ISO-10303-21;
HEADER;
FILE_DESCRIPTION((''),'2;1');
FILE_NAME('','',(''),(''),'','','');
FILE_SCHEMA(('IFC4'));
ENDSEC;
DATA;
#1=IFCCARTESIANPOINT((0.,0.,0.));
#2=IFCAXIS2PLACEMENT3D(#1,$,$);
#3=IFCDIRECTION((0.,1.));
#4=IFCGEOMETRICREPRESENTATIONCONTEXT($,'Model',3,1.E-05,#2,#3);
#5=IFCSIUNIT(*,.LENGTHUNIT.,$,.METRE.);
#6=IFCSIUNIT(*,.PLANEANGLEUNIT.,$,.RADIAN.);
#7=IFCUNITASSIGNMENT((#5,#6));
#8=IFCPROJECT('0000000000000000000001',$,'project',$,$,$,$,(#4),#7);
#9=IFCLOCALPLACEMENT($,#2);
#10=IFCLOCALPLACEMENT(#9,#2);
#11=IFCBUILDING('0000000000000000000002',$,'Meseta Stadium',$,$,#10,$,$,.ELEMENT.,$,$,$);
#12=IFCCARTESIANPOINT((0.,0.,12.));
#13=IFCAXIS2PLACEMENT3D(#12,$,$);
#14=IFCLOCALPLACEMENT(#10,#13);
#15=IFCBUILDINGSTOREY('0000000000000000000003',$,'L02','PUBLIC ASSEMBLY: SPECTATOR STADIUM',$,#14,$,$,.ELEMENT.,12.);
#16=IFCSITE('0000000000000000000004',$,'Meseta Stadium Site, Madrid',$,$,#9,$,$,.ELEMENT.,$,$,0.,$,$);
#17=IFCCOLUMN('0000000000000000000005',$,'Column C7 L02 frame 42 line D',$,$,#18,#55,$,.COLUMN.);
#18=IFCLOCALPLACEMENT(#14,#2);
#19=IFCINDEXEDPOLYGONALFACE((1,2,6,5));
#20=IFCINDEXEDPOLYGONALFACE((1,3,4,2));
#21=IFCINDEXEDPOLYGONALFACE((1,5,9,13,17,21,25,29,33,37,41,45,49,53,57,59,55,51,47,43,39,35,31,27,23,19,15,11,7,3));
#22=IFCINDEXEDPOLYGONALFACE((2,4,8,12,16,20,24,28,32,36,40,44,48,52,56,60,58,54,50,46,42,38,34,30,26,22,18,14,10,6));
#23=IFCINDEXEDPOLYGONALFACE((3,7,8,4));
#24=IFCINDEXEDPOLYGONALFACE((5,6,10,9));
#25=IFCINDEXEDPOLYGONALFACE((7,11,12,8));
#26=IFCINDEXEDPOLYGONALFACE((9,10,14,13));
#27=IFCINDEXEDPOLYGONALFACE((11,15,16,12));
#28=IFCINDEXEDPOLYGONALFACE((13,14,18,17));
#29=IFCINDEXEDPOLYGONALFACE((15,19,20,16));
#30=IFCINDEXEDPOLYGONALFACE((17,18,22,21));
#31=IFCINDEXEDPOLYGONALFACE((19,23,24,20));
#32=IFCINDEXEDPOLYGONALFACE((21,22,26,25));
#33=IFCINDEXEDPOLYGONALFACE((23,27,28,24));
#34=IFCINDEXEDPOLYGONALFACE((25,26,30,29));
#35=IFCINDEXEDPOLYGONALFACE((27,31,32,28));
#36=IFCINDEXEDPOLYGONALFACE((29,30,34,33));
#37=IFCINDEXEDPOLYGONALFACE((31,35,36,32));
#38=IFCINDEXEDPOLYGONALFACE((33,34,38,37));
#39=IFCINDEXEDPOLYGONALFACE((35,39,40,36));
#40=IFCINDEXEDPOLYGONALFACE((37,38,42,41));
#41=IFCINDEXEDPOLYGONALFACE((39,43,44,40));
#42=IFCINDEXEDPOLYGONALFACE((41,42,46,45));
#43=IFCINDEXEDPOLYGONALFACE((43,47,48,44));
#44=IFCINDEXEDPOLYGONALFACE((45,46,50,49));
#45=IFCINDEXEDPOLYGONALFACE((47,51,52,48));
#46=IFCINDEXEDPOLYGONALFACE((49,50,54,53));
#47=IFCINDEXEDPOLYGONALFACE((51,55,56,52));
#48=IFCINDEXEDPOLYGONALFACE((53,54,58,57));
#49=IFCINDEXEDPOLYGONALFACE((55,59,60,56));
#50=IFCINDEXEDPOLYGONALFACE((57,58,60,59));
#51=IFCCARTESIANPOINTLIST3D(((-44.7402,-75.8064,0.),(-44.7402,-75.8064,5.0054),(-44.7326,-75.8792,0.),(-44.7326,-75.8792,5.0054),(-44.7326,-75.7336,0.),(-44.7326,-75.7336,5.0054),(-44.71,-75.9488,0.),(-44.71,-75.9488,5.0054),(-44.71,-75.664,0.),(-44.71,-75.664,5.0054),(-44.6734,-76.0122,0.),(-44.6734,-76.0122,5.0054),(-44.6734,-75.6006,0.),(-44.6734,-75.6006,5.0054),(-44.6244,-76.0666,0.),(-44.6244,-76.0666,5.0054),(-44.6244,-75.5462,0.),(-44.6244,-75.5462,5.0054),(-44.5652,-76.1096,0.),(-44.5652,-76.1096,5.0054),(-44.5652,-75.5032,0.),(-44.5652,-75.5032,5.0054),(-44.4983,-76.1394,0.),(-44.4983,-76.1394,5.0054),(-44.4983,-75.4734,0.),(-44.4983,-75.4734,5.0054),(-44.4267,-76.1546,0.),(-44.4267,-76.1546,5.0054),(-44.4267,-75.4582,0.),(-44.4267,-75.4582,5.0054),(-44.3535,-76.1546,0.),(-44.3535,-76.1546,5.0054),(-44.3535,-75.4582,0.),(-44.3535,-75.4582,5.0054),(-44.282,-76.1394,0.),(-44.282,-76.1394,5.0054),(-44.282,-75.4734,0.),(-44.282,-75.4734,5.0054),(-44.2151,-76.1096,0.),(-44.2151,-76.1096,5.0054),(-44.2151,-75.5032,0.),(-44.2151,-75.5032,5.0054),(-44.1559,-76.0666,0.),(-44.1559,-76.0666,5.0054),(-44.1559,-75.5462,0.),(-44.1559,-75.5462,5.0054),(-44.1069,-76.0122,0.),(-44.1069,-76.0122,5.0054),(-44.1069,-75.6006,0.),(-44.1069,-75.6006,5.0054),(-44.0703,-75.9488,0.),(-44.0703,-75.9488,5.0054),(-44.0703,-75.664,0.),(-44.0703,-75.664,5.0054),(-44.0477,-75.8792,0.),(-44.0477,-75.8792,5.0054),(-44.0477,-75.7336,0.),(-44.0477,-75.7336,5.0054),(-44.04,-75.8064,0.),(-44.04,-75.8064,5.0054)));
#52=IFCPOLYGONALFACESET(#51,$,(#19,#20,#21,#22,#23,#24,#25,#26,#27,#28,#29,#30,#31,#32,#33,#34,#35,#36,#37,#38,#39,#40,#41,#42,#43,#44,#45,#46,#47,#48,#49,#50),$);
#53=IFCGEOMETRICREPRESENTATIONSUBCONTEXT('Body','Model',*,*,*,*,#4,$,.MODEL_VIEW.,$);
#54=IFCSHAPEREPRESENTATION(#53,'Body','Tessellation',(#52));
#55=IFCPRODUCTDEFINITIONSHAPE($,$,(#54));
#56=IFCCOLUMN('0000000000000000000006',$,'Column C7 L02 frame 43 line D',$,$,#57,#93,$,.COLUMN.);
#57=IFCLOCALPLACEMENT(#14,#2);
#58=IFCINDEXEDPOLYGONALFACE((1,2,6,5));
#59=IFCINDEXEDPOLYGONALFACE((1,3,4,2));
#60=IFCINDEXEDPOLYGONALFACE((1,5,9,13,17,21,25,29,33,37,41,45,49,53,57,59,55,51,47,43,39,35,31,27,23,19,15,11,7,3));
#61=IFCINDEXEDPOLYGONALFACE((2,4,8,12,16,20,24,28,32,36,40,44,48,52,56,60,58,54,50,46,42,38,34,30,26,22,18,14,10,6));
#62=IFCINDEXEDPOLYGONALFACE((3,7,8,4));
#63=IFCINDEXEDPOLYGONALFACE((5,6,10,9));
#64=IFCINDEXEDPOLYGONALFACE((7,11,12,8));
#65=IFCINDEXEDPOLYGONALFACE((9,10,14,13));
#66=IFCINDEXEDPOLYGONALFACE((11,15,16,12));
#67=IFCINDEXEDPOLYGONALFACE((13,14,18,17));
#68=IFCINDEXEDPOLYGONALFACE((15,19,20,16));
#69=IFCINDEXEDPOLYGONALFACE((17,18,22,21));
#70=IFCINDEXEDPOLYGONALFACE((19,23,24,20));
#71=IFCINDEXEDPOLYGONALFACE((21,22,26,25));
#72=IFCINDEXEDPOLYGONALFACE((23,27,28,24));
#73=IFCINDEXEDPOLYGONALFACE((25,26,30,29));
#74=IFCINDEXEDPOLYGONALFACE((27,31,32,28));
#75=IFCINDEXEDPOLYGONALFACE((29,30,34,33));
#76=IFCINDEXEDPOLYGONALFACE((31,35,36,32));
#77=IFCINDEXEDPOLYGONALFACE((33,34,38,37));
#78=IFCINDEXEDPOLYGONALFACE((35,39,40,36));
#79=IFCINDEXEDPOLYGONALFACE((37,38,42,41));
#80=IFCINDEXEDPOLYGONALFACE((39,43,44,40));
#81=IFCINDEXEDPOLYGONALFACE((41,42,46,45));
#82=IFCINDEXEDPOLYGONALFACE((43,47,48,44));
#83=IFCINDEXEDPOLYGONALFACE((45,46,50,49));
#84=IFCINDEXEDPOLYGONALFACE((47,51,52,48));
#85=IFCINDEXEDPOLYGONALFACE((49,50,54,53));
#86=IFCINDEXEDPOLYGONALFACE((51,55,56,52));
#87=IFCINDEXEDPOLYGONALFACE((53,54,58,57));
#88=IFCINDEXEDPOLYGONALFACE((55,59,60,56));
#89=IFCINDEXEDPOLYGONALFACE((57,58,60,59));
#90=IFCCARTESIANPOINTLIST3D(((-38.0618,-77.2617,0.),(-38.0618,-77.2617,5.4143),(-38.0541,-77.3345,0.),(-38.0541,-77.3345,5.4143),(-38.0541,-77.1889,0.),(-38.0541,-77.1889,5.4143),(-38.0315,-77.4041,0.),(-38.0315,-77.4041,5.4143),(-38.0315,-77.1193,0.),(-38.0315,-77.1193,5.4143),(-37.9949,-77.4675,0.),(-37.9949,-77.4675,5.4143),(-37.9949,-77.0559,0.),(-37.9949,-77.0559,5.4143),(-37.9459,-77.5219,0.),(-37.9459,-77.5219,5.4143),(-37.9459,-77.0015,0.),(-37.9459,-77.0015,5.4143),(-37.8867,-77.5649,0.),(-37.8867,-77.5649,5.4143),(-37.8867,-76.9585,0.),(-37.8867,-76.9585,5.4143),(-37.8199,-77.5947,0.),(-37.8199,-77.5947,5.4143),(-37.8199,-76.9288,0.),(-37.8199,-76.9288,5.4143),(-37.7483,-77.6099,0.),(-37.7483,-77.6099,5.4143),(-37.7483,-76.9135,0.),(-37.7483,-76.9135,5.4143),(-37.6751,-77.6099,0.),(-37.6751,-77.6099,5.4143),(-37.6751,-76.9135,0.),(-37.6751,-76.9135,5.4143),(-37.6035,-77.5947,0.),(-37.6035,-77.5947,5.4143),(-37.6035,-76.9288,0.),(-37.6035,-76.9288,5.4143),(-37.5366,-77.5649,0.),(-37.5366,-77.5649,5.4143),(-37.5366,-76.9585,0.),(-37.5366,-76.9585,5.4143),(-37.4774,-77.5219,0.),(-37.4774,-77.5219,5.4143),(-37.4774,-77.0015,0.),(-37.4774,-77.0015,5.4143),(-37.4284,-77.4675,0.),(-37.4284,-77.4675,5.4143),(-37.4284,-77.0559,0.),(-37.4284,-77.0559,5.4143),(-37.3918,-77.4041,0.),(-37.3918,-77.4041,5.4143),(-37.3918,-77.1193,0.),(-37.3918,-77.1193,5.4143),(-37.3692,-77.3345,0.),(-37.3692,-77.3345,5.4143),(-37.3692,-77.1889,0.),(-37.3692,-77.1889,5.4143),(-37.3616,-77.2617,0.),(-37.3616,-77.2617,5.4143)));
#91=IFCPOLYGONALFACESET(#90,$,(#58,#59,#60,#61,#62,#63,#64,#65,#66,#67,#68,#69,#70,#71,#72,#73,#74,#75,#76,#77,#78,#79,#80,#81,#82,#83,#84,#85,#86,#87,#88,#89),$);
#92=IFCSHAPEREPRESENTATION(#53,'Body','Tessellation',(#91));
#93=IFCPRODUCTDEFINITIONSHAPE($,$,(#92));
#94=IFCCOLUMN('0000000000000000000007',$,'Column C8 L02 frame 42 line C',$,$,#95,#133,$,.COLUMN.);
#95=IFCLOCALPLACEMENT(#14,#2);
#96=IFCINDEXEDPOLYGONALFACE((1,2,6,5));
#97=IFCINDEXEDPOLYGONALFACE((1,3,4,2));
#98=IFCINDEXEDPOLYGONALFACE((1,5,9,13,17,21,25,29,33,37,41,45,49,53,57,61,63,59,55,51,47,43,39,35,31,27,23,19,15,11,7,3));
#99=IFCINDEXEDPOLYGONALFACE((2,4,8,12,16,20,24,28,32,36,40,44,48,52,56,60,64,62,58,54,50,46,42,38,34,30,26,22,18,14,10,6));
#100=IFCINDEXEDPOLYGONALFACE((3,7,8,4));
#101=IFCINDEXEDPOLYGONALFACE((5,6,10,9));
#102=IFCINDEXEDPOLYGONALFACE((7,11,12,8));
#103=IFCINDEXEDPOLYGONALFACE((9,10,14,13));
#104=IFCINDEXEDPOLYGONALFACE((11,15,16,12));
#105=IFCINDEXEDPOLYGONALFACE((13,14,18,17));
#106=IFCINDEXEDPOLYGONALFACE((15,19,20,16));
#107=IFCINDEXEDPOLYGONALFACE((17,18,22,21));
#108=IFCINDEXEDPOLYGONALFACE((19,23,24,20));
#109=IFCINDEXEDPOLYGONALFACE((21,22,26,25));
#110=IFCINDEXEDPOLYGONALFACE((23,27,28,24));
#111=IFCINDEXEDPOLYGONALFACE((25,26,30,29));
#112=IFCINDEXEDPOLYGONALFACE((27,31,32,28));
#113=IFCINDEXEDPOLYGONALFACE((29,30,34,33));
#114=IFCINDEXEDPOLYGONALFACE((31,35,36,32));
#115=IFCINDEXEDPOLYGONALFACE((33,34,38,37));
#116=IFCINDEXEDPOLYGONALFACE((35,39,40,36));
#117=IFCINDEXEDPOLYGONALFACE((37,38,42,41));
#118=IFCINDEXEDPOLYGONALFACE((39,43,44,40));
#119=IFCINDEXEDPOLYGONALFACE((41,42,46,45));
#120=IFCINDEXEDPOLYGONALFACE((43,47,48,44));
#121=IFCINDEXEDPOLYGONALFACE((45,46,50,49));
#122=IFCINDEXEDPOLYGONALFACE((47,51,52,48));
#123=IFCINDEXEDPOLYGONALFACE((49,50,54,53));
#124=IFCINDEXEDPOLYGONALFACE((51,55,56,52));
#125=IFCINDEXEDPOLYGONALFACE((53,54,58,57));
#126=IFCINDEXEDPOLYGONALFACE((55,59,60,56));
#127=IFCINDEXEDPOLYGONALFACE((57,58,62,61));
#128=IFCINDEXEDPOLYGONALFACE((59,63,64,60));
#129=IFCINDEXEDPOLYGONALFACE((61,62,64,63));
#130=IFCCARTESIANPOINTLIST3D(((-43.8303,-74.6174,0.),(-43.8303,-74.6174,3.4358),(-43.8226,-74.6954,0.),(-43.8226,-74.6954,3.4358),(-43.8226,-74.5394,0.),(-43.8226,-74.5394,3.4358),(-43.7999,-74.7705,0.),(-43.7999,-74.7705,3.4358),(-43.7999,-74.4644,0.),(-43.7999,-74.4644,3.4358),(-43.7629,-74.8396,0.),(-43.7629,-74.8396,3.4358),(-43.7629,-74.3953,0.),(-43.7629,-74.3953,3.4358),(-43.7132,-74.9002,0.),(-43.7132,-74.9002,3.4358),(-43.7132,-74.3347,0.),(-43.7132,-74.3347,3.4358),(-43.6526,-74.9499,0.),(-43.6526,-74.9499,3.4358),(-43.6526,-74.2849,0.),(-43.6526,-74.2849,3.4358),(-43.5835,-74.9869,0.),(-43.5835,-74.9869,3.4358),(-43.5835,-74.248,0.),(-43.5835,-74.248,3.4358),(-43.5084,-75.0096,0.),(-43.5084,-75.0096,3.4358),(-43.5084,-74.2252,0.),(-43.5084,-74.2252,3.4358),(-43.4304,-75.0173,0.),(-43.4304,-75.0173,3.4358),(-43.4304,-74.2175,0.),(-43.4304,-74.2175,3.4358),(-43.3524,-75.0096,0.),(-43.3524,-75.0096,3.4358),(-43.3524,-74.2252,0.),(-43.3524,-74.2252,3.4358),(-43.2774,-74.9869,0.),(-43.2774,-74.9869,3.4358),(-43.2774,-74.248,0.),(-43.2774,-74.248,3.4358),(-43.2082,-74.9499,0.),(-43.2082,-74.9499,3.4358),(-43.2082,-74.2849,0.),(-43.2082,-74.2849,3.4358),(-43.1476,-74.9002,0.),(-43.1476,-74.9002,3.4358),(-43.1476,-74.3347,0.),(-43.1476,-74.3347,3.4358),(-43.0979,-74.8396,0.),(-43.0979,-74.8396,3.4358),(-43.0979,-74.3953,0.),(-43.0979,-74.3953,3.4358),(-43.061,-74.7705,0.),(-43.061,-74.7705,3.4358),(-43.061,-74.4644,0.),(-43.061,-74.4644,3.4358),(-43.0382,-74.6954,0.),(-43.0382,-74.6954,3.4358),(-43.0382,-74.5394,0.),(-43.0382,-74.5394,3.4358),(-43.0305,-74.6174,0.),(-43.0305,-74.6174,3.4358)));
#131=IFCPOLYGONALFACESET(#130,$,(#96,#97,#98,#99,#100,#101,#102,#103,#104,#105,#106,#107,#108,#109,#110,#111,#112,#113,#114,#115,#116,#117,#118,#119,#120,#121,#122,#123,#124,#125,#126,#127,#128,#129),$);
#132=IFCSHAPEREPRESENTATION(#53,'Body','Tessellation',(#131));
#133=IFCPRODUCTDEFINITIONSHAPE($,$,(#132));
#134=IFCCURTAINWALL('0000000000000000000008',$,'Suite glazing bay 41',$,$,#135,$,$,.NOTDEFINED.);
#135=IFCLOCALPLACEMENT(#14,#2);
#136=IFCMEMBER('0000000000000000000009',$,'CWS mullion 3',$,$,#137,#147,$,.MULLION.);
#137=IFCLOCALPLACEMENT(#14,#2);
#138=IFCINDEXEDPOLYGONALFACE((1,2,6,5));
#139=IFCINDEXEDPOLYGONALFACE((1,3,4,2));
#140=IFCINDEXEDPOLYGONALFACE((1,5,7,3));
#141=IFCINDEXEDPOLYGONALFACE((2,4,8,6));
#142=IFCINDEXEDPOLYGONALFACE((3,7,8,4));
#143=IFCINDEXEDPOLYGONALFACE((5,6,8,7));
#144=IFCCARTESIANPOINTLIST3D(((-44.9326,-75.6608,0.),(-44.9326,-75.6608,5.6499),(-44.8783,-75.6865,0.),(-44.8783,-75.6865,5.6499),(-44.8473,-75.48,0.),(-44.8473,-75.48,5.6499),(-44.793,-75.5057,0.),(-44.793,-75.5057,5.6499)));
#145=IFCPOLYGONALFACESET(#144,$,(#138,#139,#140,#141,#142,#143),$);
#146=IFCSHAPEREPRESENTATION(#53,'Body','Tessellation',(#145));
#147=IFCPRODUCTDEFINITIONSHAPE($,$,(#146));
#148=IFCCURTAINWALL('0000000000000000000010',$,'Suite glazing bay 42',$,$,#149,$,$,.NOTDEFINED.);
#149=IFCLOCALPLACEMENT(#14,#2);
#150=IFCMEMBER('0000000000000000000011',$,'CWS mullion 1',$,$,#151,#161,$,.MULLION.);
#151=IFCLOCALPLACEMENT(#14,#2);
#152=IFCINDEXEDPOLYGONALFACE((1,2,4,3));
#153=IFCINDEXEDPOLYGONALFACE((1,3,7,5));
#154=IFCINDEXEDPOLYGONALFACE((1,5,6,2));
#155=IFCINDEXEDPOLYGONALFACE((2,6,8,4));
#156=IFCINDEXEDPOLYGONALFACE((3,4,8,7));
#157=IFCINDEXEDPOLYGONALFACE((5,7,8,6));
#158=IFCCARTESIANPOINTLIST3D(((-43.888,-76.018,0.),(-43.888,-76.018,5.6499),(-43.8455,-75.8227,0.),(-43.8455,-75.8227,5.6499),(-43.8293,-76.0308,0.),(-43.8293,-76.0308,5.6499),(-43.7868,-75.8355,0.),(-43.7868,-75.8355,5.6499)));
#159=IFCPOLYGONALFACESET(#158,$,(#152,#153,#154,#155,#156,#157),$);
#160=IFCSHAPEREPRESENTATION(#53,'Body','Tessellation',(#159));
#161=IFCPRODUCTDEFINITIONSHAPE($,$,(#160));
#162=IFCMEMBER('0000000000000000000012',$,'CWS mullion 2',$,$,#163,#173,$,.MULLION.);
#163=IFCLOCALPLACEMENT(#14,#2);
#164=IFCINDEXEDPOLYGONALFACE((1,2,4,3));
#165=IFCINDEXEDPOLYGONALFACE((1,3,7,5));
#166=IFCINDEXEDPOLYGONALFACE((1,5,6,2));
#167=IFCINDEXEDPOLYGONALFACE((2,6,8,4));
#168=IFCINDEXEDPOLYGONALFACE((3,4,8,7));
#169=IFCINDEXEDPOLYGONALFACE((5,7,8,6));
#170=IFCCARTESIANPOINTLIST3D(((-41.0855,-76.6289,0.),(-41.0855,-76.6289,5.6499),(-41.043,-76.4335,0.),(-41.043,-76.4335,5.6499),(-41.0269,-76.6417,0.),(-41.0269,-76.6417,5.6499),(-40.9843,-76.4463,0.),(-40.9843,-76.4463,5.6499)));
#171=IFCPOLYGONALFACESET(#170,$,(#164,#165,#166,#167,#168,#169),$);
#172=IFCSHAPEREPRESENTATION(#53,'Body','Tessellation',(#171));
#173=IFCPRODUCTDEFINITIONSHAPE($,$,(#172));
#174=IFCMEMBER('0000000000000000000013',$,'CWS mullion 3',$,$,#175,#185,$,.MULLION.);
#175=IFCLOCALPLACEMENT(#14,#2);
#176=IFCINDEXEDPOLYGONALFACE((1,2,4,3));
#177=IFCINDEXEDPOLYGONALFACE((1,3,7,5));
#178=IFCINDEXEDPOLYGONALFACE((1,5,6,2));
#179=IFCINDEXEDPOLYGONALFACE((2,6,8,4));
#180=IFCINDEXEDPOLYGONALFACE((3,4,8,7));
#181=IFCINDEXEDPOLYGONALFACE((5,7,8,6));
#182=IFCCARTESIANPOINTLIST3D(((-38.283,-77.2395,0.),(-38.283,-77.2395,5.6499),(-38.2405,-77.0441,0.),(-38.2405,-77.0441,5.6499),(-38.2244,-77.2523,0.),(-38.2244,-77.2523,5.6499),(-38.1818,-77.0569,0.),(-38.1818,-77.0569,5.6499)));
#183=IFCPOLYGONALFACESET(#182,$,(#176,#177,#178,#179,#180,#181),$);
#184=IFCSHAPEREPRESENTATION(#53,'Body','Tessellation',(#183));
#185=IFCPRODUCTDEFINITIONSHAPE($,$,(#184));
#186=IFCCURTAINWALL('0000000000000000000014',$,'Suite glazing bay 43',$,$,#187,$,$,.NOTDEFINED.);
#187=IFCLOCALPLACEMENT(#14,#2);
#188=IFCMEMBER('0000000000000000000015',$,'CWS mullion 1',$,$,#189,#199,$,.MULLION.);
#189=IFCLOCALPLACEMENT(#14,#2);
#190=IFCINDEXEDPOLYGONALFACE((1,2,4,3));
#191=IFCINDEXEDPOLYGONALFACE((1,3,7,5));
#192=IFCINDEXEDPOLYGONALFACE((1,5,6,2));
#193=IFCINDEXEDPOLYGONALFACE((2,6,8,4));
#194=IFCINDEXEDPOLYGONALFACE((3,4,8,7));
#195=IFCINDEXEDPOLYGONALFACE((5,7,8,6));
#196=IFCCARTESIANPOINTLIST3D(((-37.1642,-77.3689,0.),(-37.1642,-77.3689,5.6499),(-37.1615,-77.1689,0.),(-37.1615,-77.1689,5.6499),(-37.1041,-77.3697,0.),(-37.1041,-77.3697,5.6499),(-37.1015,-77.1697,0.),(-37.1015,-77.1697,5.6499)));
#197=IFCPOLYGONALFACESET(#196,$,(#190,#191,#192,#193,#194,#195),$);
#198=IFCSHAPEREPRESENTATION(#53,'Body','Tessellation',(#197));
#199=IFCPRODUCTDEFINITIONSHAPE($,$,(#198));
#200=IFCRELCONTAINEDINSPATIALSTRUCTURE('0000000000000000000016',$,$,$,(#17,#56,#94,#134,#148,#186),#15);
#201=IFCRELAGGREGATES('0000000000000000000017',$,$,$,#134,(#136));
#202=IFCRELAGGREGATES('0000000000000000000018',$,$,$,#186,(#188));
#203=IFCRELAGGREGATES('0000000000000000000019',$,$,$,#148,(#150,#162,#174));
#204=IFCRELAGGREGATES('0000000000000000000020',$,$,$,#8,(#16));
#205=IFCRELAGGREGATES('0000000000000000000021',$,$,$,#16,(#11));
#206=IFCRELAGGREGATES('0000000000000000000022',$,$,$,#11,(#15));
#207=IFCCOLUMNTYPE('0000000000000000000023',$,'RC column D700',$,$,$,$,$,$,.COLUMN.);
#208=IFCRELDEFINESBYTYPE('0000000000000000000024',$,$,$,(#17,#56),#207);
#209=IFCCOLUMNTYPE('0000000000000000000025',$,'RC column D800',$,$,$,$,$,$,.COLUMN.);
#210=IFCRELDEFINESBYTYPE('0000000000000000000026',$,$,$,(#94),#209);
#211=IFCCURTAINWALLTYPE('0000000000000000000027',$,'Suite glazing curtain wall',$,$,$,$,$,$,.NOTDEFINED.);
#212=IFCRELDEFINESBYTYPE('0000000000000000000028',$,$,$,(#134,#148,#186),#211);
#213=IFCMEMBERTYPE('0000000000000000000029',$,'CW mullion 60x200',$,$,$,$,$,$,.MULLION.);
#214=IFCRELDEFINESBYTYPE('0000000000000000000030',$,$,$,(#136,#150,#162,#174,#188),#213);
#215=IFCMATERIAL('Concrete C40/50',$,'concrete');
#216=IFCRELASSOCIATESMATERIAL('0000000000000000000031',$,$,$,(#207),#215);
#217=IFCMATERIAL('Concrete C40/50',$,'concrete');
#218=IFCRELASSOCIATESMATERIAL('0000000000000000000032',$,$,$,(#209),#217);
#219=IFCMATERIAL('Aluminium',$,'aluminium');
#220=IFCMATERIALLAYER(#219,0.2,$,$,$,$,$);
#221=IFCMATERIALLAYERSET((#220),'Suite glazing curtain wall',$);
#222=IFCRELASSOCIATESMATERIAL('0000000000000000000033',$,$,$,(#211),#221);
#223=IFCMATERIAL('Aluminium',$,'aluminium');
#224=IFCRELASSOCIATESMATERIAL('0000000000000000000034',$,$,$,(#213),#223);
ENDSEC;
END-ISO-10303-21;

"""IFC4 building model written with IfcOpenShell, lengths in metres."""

from ifc_helpers import new_model, si_unit, direction, frame, origin, origin_2d, place, context, subcontext, project, spatial, rectangle, circle, extrude, material, layer, layer_set, material_profile, profile_set, type_object, element, aggregate, save


model = new_model("IFC4")

# Units and contexts
model_context = context("Model", 3, precision=1e-05, world=origin(), true_north=direction((0.0, 1.0)))
body_context = subcontext(model_context, "Body", "Model", "MODEL_VIEW")
ifc_project = project(units=[si_unit("LENGTHUNIT", "METRE"), si_unit("PLANEANGLEUNIT", "RADIAN")], contexts=[model_context])

# Site, building, storey
site_placement = place(None, origin())
site = spatial("IfcSite", under=ifc_project, at=site_placement, Name="Meseta Stadium Site, Madrid", CompositionType="ELEMENT", RefElevation=0.0)
building_placement = place(site_placement, origin())
building = spatial("IfcBuilding", under=site, at=building_placement, Name="Meseta Stadium", CompositionType="ELEMENT")
storey_placement = place(building_placement, frame((0.0, 0.0, 12.0)))
storey = spatial("IfcBuildingStorey", under=building, at=storey_placement, Name="L02", Description="PUBLIC ASSEMBLY: SPECTATOR STADIUM", CompositionType="ELEMENT", Elevation=12.0)

# Columns
ifc_material_1 = material(Name="Concrete C40/50", Category="concrete")
ifc_material_profile_1 = material_profile(ifc_material_1, circle(Radius=0.3501, at=origin_2d()), Name="RC D700")
ifc_profile_set_1 = profile_set([ifc_material_profile_1], Name="Concrete C40/50")
column_type_1 = type_object("IfcColumnType", Name="RC column D700", PredefinedType="COLUMN", material=ifc_profile_set_1)
column_1_placement = place(storey_placement, frame((-44.3901, -75.8064, 0.0), z_axis=(0.0, 0.0, 1.0), x_axis=(1.0, 0.0, 0.0)))
element("IfcColumn", 1, at=column_1_placement, inside=storey, type_object=column_type_1, Name="Column C7 L02 frame 42 line D", PredefinedType="COLUMN", context=body_context, shape_type="SweptSolid", body=[
    extrude(circle(Radius=0.3501, at=origin_2d()), origin(), (0.0, 0.0, 1.0), 5.0054),
])
column_2_placement = place(storey_placement, frame((-37.7117, -77.2617, 0.0), z_axis=(0.0, 0.0, 1.0), x_axis=(1.0, 0.0, 0.0)))
element("IfcColumn", 2, at=column_2_placement, inside=storey, type_object=column_type_1, Name="Column C7 L02 frame 43 line D", PredefinedType="COLUMN", context=body_context, shape_type="SweptSolid", body=[
    extrude(circle(Radius=0.3501, at=origin_2d()), origin(), (0.0, 0.0, 1.0), 5.4143),
])
ifc_material_2 = material(Name="Concrete C40/50", Category="concrete")
ifc_material_profile_2 = material_profile(ifc_material_2, circle(Radius=0.3999, at=origin_2d()), Name="RC D800")
ifc_profile_set_2 = profile_set([ifc_material_profile_2], Name="Concrete C40/50")
column_type_2 = type_object("IfcColumnType", Name="RC column D800", PredefinedType="COLUMN", material=ifc_profile_set_2)
column_3_placement = place(storey_placement, frame((-43.4304, -74.6174, 0.0), z_axis=(0.0, 0.0, 1.0), x_axis=(1.0, 0.0, 0.0)))
element("IfcColumn", 3, at=column_3_placement, inside=storey, type_object=column_type_2, Name="Column C8 L02 frame 42 line C", PredefinedType="COLUMN", context=body_context, shape_type="SweptSolid", body=[
    extrude(circle(Radius=0.3999, at=origin_2d()), origin(), (0.0, 0.0, 1.0), 3.4358),
])

# Curtain wall, member
ifc_material_3 = material(Name="Aluminium", Category="aluminium")
ifc_layer_1 = layer(ifc_material_3, 0.2)
ifc_layer_set_1 = layer_set([ifc_layer_1], Name="Suite glazing curtain wall")
curtain_wall_type = type_object("IfcCurtainWallType", Name="Suite glazing curtain wall", PredefinedType="NOTDEFINED", material=ifc_layer_set_1)
curtain_wall_1_placement = place(storey_placement, origin())
curtain_wall_1 = element("IfcCurtainWall", 4, at=curtain_wall_1_placement, inside=storey, type_object=curtain_wall_type, Name="Suite glazing bay 41", PredefinedType="NOTDEFINED")
ifc_material_4 = material(Name="Aluminium", Category="aluminium")
ifc_material_profile_3 = material_profile(ifc_material_4, rectangle(XDim=0.2, YDim=0.0601, at=origin_2d()), Name="CW 200x60")
ifc_profile_set_3 = profile_set([ifc_material_profile_3], Name="Aluminium")
member_type_1 = type_object("IfcMemberType", Name="CW mullion 60x200", PredefinedType="MULLION", material=ifc_profile_set_3)
member_1_placement = place(storey_placement, frame((-44.8628, -75.5833, 0.0), z_axis=(0.0, 0.0, 1.0), x_axis=(0.426837, 0.904328, 0.0)))
member_1 = element("IfcMember", 5, at=member_1_placement, type_object=member_type_1, Name="CWS mullion 3", PredefinedType="MULLION", context=body_context, shape_type="SweptSolid", body=[
    extrude(rectangle(XDim=0.2, YDim=0.0601, at=origin_2d()), origin(), (0.0, 0.0, 1.0), 5.6499),
])
aggregate(curtain_wall_1, [member_1])

# Curtain wall, members
curtain_wall_2_placement = place(storey_placement, origin())
curtain_wall_2 = element("IfcCurtainWall", 6, at=curtain_wall_2_placement, inside=storey, type_object=curtain_wall_type, Name="Suite glazing bay 42", PredefinedType="NOTDEFINED")
member_2_placement = place(storey_placement, frame((-43.8374, -75.9268, 0.0), z_axis=(0.0, 0.0, 1.0), x_axis=(0.212917, 0.97707, 0.0)))
member_2 = element("IfcMember", 7, at=member_2_placement, type_object=member_type_1, Name="CWS mullion 1", PredefinedType="MULLION", context=body_context, shape_type="SweptSolid", body=[
    extrude(rectangle(XDim=0.2, YDim=0.0601, at=origin_2d()), origin(), (0.0, 0.0, 1.0), 5.6499),
])
member_3_placement = place(storey_placement, frame((-41.0349, -76.5376, 0.0), z_axis=(0.0, 0.0, 1.0), x_axis=(0.212917, 0.97707, 0.0)))
member_3 = element("IfcMember", 8, at=member_3_placement, type_object=member_type_1, Name="CWS mullion 2", PredefinedType="MULLION", context=body_context, shape_type="SweptSolid", body=[
    extrude(rectangle(XDim=0.2, YDim=0.0601, at=origin_2d()), origin(), (0.0, 0.0, 1.0), 5.6499),
])
member_4_placement = place(storey_placement, frame((-38.2324, -77.1482, 0.0), z_axis=(0.0, 0.0, 1.0), x_axis=(0.212917, 0.97707, 0.0)))
member_4 = element("IfcMember", 9, at=member_4_placement, type_object=member_type_1, Name="CWS mullion 3", PredefinedType="MULLION", context=body_context, shape_type="SweptSolid", body=[
    extrude(rectangle(XDim=0.2, YDim=0.0601, at=origin_2d()), origin(), (0.0, 0.0, 1.0), 5.6499),
])

# Curtain wall, member
curtain_wall_3_placement = place(storey_placement, origin())
curtain_wall_3 = element("IfcCurtainWall", 10, at=curtain_wall_3_placement, inside=storey, type_object=curtain_wall_type, Name="Suite glazing bay 43", PredefinedType="NOTDEFINED")
member_5_placement = place(storey_placement, frame((-37.1328, -77.2693, 0.0), z_axis=(0.0, 0.0, 1.0), x_axis=(0.013281, 0.999912, 0.0)))
member_5 = element("IfcMember", 11, at=member_5_placement, type_object=member_type_1, Name="CWS mullion 1", PredefinedType="MULLION", context=body_context, shape_type="SweptSolid", body=[
    extrude(rectangle(XDim=0.2, YDim=0.0601, at=origin_2d()), origin(), (0.0, 0.0, 1.0), 5.6499),
])

aggregate(curtain_wall_3, [member_5])

aggregate(curtain_wall_2, [member_2, member_3, member_4])

save(model, "model.ifc")
